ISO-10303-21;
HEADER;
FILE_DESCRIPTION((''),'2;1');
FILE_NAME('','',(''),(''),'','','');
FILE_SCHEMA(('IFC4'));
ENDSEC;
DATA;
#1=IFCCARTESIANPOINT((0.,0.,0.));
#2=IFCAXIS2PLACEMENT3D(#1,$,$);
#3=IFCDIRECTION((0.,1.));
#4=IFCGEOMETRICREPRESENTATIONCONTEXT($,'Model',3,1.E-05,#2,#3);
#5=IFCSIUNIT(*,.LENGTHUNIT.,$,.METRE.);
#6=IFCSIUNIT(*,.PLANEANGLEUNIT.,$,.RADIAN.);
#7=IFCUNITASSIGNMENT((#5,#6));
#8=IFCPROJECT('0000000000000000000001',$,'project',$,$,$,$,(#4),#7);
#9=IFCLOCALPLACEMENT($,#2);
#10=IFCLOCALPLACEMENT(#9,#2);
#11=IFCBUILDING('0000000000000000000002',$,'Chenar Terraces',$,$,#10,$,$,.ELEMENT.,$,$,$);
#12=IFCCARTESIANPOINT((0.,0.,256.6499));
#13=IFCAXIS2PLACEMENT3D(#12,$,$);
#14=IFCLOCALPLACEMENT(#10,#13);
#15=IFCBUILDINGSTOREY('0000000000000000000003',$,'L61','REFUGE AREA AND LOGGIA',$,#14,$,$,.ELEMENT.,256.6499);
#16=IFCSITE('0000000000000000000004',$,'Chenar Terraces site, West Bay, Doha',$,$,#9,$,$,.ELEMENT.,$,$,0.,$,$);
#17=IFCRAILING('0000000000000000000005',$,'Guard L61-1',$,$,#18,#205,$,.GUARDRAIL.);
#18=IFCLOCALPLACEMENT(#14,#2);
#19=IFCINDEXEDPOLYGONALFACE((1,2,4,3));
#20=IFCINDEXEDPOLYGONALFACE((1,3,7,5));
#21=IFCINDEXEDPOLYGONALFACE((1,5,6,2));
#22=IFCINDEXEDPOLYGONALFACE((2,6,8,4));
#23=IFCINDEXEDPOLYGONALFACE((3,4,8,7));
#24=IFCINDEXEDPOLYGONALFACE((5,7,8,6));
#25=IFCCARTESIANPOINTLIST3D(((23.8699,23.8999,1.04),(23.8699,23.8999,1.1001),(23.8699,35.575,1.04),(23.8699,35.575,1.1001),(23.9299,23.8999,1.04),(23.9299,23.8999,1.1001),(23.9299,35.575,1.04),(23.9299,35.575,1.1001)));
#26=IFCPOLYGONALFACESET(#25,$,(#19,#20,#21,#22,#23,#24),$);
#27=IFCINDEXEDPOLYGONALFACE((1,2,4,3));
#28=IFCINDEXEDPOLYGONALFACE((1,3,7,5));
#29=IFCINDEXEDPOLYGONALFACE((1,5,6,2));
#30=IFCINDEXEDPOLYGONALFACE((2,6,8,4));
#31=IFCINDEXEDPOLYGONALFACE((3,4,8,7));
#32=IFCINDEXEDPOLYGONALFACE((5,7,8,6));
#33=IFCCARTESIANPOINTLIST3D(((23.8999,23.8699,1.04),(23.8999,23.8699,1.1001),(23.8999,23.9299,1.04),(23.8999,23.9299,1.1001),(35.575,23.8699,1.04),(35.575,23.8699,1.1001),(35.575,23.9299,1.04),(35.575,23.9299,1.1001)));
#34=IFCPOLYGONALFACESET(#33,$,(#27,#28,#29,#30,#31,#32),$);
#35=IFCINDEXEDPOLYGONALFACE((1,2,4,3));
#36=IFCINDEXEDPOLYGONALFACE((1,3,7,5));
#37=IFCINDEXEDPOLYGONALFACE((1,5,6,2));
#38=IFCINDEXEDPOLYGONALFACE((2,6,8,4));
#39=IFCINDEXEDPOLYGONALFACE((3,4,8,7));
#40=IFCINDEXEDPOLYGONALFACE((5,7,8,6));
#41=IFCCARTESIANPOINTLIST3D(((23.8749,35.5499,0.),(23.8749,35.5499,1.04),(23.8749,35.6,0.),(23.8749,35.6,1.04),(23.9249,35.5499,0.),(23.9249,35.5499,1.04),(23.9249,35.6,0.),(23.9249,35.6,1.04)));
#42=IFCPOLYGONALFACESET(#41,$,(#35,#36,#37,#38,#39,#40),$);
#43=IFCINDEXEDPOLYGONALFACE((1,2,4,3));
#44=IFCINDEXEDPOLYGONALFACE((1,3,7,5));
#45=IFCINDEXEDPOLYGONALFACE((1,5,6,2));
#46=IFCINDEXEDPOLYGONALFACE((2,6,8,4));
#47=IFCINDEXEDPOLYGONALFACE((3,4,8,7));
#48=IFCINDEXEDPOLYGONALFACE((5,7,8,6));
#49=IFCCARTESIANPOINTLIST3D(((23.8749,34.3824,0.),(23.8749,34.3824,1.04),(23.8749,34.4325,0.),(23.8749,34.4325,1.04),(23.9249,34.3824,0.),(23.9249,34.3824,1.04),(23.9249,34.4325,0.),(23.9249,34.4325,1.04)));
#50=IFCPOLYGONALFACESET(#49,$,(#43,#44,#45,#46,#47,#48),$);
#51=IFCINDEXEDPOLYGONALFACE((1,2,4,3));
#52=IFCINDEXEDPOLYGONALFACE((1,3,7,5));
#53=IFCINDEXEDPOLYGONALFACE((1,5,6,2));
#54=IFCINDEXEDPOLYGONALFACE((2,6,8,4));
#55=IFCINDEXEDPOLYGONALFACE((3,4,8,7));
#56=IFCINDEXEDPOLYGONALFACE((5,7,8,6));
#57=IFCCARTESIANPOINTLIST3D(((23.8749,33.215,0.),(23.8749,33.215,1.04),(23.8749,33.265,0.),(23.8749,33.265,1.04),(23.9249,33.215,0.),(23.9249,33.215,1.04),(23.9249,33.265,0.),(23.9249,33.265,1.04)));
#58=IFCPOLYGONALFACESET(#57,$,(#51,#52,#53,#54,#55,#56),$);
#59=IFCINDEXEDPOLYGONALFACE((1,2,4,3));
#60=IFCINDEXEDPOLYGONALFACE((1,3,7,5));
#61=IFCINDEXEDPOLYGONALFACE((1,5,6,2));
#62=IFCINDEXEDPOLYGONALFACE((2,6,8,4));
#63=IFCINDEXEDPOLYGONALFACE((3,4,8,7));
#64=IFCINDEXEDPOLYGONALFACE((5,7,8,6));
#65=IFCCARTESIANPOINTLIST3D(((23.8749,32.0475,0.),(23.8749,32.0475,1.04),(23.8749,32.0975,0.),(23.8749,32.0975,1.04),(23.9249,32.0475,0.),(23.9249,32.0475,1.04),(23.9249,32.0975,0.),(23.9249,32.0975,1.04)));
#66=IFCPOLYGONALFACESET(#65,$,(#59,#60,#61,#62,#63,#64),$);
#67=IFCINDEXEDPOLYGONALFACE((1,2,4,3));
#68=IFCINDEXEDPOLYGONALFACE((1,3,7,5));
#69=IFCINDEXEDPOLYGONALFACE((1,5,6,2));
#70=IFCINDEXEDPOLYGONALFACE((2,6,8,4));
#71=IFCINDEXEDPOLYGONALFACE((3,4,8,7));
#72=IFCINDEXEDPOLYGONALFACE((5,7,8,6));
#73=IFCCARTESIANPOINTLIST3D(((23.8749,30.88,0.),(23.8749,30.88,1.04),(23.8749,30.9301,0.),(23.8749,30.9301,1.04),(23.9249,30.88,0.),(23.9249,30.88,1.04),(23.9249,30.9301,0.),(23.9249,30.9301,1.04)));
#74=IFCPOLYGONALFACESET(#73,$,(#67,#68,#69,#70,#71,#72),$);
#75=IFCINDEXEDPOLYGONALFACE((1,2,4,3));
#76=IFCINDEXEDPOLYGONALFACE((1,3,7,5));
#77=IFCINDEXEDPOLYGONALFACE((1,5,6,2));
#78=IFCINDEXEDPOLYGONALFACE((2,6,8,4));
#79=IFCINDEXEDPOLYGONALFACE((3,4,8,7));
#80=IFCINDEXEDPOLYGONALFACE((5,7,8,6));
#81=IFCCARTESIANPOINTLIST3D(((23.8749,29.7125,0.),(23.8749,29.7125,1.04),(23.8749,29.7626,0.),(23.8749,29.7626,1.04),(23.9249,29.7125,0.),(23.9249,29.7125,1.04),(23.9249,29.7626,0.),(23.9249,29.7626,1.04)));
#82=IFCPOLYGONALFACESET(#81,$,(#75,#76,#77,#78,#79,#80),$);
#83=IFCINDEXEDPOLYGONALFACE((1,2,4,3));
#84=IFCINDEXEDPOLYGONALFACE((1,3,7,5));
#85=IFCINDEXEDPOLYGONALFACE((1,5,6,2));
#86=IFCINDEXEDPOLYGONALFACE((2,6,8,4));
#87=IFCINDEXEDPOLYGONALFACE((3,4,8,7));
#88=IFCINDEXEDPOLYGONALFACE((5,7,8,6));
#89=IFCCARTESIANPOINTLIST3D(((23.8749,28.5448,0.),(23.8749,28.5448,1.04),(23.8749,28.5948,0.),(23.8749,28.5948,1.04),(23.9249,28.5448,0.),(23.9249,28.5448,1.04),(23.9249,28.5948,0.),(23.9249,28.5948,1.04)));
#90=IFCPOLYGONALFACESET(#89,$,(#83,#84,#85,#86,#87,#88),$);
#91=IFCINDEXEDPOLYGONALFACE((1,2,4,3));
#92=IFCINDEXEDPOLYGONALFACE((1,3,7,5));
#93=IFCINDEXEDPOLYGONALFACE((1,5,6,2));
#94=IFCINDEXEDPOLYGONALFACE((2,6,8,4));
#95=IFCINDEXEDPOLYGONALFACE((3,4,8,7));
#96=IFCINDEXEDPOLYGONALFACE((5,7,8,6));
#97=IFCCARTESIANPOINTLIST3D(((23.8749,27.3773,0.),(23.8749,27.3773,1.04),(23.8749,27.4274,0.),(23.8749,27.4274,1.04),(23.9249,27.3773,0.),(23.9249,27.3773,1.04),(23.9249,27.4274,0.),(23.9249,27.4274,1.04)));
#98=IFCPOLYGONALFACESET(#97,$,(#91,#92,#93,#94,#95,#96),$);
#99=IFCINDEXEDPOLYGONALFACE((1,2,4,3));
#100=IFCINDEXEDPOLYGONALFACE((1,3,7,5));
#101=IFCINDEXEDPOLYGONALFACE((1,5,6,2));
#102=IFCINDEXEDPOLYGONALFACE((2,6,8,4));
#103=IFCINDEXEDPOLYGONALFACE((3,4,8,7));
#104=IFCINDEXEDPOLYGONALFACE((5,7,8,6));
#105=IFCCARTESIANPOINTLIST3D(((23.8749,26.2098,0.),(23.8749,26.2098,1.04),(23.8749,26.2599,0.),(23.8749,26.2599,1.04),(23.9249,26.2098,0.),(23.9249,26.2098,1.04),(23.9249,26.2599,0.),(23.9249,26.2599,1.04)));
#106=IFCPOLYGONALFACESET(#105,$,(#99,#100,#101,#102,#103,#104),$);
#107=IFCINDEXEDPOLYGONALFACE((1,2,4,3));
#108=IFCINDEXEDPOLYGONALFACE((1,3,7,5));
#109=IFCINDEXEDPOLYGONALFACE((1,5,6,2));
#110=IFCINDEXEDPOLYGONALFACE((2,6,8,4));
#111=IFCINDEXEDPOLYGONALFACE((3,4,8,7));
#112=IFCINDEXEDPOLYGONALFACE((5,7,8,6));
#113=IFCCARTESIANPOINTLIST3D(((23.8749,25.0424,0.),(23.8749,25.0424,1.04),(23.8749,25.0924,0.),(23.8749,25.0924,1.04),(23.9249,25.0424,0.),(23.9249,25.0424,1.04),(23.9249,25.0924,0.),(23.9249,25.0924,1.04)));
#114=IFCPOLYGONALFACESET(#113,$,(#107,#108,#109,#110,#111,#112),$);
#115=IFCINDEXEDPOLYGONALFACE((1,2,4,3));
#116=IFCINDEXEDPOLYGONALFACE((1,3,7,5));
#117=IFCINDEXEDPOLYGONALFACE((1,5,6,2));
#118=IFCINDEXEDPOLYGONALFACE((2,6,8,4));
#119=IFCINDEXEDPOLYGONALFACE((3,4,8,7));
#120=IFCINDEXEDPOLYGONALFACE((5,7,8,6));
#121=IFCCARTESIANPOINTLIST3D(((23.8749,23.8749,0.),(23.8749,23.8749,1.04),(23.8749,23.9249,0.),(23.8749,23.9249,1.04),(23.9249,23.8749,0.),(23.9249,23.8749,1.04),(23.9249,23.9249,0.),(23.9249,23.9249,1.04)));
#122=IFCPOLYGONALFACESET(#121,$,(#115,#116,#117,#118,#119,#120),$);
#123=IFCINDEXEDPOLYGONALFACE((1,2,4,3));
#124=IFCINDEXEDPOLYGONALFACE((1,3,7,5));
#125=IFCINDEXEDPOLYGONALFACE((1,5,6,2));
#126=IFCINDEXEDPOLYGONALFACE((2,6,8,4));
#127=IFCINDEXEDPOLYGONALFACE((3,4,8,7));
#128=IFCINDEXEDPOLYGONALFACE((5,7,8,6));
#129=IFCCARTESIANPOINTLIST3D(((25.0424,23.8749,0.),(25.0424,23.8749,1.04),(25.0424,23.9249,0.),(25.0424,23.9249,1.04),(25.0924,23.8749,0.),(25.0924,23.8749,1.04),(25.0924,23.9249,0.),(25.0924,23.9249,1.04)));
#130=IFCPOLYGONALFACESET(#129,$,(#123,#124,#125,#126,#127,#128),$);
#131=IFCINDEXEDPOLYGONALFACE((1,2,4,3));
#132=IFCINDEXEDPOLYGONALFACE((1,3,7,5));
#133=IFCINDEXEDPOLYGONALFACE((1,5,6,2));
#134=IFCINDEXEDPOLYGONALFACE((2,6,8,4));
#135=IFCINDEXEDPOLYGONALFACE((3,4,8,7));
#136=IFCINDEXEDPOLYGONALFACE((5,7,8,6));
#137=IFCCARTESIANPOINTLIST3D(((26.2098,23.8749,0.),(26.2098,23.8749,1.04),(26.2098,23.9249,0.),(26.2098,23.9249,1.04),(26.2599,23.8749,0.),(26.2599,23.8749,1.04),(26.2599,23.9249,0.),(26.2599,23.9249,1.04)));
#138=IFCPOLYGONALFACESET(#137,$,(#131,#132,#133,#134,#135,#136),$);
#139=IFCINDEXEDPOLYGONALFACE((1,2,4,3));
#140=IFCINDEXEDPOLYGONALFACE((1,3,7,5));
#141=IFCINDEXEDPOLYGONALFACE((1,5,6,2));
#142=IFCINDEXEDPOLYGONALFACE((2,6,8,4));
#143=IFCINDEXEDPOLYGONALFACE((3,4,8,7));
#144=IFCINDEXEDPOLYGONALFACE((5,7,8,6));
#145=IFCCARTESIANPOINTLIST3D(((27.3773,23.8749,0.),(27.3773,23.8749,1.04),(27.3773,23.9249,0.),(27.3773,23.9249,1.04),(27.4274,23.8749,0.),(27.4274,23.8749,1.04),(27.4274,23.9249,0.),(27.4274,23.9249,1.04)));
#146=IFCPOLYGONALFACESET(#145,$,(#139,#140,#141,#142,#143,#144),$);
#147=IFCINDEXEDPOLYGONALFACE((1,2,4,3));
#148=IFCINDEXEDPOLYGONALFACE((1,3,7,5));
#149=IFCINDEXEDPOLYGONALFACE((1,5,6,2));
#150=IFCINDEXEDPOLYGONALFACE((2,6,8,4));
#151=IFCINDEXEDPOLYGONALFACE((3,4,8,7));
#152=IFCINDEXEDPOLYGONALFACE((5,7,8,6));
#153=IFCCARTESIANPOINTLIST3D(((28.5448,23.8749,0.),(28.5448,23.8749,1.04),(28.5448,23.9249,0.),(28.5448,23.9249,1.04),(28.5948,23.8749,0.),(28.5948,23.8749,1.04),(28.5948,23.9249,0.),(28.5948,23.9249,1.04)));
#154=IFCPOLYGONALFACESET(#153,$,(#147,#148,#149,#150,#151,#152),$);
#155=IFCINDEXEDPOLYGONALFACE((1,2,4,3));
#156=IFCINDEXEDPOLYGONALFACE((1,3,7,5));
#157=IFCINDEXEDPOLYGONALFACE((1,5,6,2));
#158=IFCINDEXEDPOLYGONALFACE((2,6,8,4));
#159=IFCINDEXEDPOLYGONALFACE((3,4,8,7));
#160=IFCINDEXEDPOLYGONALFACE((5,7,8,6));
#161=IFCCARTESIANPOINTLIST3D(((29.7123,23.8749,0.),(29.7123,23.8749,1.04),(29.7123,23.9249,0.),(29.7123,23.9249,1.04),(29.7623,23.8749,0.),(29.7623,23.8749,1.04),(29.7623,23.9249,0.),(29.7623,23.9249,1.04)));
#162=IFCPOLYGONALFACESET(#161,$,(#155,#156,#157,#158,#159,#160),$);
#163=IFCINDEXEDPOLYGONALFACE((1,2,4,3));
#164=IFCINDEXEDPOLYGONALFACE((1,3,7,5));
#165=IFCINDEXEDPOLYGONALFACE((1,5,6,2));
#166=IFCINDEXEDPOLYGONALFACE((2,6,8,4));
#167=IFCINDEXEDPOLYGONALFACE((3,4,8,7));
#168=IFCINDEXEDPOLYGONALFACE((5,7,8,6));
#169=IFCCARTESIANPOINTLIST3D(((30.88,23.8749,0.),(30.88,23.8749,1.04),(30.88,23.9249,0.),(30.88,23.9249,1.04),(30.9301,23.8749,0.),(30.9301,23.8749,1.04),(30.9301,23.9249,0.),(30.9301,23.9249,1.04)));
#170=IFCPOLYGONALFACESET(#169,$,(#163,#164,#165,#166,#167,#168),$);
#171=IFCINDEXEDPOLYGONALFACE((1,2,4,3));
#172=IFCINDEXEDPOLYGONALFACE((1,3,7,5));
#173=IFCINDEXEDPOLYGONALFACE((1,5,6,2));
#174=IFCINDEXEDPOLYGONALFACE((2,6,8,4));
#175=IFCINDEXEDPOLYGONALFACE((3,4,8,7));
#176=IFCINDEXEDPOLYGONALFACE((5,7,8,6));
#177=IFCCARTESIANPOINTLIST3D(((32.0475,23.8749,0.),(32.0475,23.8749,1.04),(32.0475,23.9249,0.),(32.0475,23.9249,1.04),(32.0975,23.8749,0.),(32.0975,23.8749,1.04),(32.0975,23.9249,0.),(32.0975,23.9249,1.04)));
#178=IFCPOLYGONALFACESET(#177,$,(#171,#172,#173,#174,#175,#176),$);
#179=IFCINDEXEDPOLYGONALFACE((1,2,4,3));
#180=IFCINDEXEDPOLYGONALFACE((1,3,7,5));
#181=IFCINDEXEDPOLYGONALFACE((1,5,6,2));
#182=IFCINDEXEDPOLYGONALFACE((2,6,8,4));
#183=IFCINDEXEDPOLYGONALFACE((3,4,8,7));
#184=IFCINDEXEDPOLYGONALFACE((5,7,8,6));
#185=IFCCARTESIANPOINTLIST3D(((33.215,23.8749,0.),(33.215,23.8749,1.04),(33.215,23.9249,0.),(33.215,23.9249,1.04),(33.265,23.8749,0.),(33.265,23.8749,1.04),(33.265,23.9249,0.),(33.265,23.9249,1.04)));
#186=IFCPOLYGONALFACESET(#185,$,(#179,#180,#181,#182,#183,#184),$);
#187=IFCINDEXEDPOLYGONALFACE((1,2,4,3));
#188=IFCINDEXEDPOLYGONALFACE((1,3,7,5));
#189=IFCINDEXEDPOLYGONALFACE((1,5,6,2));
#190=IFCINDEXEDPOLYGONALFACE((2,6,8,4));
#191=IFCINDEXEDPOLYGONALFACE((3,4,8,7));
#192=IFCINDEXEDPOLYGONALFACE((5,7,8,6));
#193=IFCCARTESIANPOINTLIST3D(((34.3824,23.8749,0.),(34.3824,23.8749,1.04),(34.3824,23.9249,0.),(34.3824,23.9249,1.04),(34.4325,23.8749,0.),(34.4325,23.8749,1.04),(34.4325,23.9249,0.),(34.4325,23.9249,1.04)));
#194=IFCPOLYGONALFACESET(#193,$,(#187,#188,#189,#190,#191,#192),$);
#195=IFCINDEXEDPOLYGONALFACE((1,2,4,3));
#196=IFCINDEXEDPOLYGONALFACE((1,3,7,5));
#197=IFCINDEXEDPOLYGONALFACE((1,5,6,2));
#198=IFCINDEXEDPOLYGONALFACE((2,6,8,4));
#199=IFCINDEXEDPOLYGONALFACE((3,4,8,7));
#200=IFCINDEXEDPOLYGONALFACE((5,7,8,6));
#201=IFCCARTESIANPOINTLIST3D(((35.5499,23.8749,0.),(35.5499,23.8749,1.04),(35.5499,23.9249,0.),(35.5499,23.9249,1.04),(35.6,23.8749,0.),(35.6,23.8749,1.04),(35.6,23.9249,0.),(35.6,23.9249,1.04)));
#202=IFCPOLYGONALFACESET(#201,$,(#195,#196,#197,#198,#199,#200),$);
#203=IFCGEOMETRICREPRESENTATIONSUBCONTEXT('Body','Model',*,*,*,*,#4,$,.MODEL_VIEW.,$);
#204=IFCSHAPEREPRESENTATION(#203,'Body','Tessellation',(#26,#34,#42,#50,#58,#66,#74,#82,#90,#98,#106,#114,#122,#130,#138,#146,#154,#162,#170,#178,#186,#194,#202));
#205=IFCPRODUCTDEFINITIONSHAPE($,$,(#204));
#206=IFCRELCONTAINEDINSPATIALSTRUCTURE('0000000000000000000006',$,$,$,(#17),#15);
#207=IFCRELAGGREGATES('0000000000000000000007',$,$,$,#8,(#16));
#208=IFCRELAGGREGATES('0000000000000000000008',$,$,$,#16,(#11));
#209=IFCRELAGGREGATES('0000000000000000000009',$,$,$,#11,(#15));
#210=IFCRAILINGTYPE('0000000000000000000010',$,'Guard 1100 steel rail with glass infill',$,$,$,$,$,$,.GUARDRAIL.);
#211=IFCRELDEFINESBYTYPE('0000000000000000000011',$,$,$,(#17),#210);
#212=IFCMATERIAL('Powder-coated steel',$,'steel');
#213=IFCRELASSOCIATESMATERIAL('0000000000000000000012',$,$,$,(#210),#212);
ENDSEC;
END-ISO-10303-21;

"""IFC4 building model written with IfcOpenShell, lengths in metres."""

from ifc_helpers import new_model, si_unit, direction, frame, origin, origin_2d, place, context, subcontext, project, spatial, rectangle, extrude, material, type_object, element, save


model = new_model("IFC4")

# Units and contexts
model_context = context("Model", 3, precision=1e-05, world=origin(), true_north=direction((0.0, 1.0)))
body_context = subcontext(model_context, "Body", "Model", "MODEL_VIEW")
ifc_project = project(units=[si_unit("LENGTHUNIT", "METRE"), si_unit("PLANEANGLEUNIT", "RADIAN")], contexts=[model_context])

# Site, building, storey
site_placement = place(None, origin())
site = spatial("IfcSite", under=ifc_project, at=site_placement, Name="Chenar Terraces site, West Bay, Doha", CompositionType="ELEMENT", RefElevation=0.0)
building_placement = place(site_placement, origin())
building = spatial("IfcBuilding", under=site, at=building_placement, Name="Chenar Terraces", CompositionType="ELEMENT")
storey_placement = place(building_placement, frame((0.0, 0.0, 256.6499)))
storey = spatial("IfcBuildingStorey", under=building, at=storey_placement, Name="L61", Description="REFUGE AREA AND LOGGIA", CompositionType="ELEMENT", Elevation=256.6499)

# Railing
ifc_material_1 = material(Name="Powder-coated steel", Category="steel")
railing_type = type_object("IfcRailingType", Name="Guard 1100 steel rail with glass infill", PredefinedType="GUARDRAIL", material=ifc_material_1)
railing_1_placement = place(storey_placement, frame((23.8999, 35.575, 0.0)))
element("IfcRailing", 1, at=railing_1_placement, inside=storey, type_object=railing_type, Name="Guard L61-1", PredefinedType="GUARDRAIL", context=body_context, shape_type="SweptSolid", body=[
    extrude(rectangle(XDim=0.0601, YDim=0.0601, at=origin_2d()), frame((0.0, 0.0, 1.0701), z_axis=(0.0, -1.0, 0.0), x_axis=(1.0, 0.0, 0.0)), (0.0, 0.0, 1.0), 11.675),
    extrude(rectangle(XDim=0.0601, YDim=0.0601, at=origin_2d()), frame((0.0, -11.675, 1.0701), z_axis=(1.0, 0.0, 0.0), x_axis=(0.0, 1.0, 0.0)), (0.0, 0.0, 1.0), 11.675),
    extrude(rectangle(XDim=0.05, YDim=0.05, at=origin_2d()), origin(), (0.0, 0.0, 1.0), 1.04),
    extrude(rectangle(XDim=0.05, YDim=0.05, at=origin_2d()), frame((0.0, -1.1675, 0.0)), (0.0, 0.0, 1.0), 1.04),
    extrude(rectangle(XDim=0.05, YDim=0.05, at=origin_2d()), frame((0.0, -2.335, 0.0)), (0.0, 0.0, 1.0), 1.04),
    extrude(rectangle(XDim=0.05, YDim=0.05, at=origin_2d()), frame((0.0, -3.5024, 0.0)), (0.0, 0.0, 1.0), 1.04),
    extrude(rectangle(XDim=0.05, YDim=0.05, at=origin_2d()), frame((0.0, -4.6699, 0.0)), (0.0, 0.0, 1.0), 1.04),
    extrude(rectangle(XDim=0.05, YDim=0.05, at=origin_2d()), frame((0.0, -5.8374, 0.0)), (0.0, 0.0, 1.0), 1.04),
    extrude(rectangle(XDim=0.05, YDim=0.05, at=origin_2d()), frame((0.0, -7.0051, 0.0)), (0.0, 0.0, 1.0), 1.04),
    extrude(rectangle(XDim=0.05, YDim=0.05, at=origin_2d()), frame((0.0, -8.1726, 0.0)), (0.0, 0.0, 1.0), 1.04),
    extrude(rectangle(XDim=0.05, YDim=0.05, at=origin_2d()), frame((0.0, -9.3401, 0.0)), (0.0, 0.0, 1.0), 1.04),
    extrude(rectangle(XDim=0.05, YDim=0.05, at=origin_2d()), frame((0.0, -10.5076, 0.0)), (0.0, 0.0, 1.0), 1.04),
    extrude(rectangle(XDim=0.05, YDim=0.05, at=origin_2d()), frame((0.0, -11.675, 0.0)), (0.0, 0.0, 1.0), 1.04),
    extrude(rectangle(XDim=0.05, YDim=0.05, at=origin_2d()), frame((1.1675, -11.675, 0.0)), (0.0, 0.0, 1.0), 1.04),
    extrude(rectangle(XDim=0.05, YDim=0.05, at=origin_2d()), frame((2.335, -11.675, 0.0)), (0.0, 0.0, 1.0), 1.04),
    extrude(rectangle(XDim=0.05, YDim=0.05, at=origin_2d()), frame((3.5024, -11.675, 0.0)), (0.0, 0.0, 1.0), 1.04),
    extrude(rectangle(XDim=0.05, YDim=0.05, at=origin_2d()), frame((4.6699, -11.675, 0.0)), (0.0, 0.0, 1.0), 1.04),
    extrude(rectangle(XDim=0.05, YDim=0.05, at=origin_2d()), frame((5.8374, -11.675, 0.0)), (0.0, 0.0, 1.0), 1.04),
    extrude(rectangle(XDim=0.05, YDim=0.05, at=origin_2d()), frame((7.0051, -11.675, 0.0)), (0.0, 0.0, 1.0), 1.04),
    extrude(rectangle(XDim=0.05, YDim=0.05, at=origin_2d()), frame((8.1726, -11.675, 0.0)), (0.0, 0.0, 1.0), 1.04),
    extrude(rectangle(XDim=0.05, YDim=0.05, at=origin_2d()), frame((9.3401, -11.675, 0.0)), (0.0, 0.0, 1.0), 1.04),
    extrude(rectangle(XDim=0.05, YDim=0.05, at=origin_2d()), frame((10.5076, -11.675, 0.0)), (0.0, 0.0, 1.0), 1.04),
    extrude(rectangle(XDim=0.05, YDim=0.05, at=origin_2d()), frame((11.675, -11.675, 0.0)), (0.0, 0.0, 1.0), 1.04),
])

save(model, "model.ifc")
